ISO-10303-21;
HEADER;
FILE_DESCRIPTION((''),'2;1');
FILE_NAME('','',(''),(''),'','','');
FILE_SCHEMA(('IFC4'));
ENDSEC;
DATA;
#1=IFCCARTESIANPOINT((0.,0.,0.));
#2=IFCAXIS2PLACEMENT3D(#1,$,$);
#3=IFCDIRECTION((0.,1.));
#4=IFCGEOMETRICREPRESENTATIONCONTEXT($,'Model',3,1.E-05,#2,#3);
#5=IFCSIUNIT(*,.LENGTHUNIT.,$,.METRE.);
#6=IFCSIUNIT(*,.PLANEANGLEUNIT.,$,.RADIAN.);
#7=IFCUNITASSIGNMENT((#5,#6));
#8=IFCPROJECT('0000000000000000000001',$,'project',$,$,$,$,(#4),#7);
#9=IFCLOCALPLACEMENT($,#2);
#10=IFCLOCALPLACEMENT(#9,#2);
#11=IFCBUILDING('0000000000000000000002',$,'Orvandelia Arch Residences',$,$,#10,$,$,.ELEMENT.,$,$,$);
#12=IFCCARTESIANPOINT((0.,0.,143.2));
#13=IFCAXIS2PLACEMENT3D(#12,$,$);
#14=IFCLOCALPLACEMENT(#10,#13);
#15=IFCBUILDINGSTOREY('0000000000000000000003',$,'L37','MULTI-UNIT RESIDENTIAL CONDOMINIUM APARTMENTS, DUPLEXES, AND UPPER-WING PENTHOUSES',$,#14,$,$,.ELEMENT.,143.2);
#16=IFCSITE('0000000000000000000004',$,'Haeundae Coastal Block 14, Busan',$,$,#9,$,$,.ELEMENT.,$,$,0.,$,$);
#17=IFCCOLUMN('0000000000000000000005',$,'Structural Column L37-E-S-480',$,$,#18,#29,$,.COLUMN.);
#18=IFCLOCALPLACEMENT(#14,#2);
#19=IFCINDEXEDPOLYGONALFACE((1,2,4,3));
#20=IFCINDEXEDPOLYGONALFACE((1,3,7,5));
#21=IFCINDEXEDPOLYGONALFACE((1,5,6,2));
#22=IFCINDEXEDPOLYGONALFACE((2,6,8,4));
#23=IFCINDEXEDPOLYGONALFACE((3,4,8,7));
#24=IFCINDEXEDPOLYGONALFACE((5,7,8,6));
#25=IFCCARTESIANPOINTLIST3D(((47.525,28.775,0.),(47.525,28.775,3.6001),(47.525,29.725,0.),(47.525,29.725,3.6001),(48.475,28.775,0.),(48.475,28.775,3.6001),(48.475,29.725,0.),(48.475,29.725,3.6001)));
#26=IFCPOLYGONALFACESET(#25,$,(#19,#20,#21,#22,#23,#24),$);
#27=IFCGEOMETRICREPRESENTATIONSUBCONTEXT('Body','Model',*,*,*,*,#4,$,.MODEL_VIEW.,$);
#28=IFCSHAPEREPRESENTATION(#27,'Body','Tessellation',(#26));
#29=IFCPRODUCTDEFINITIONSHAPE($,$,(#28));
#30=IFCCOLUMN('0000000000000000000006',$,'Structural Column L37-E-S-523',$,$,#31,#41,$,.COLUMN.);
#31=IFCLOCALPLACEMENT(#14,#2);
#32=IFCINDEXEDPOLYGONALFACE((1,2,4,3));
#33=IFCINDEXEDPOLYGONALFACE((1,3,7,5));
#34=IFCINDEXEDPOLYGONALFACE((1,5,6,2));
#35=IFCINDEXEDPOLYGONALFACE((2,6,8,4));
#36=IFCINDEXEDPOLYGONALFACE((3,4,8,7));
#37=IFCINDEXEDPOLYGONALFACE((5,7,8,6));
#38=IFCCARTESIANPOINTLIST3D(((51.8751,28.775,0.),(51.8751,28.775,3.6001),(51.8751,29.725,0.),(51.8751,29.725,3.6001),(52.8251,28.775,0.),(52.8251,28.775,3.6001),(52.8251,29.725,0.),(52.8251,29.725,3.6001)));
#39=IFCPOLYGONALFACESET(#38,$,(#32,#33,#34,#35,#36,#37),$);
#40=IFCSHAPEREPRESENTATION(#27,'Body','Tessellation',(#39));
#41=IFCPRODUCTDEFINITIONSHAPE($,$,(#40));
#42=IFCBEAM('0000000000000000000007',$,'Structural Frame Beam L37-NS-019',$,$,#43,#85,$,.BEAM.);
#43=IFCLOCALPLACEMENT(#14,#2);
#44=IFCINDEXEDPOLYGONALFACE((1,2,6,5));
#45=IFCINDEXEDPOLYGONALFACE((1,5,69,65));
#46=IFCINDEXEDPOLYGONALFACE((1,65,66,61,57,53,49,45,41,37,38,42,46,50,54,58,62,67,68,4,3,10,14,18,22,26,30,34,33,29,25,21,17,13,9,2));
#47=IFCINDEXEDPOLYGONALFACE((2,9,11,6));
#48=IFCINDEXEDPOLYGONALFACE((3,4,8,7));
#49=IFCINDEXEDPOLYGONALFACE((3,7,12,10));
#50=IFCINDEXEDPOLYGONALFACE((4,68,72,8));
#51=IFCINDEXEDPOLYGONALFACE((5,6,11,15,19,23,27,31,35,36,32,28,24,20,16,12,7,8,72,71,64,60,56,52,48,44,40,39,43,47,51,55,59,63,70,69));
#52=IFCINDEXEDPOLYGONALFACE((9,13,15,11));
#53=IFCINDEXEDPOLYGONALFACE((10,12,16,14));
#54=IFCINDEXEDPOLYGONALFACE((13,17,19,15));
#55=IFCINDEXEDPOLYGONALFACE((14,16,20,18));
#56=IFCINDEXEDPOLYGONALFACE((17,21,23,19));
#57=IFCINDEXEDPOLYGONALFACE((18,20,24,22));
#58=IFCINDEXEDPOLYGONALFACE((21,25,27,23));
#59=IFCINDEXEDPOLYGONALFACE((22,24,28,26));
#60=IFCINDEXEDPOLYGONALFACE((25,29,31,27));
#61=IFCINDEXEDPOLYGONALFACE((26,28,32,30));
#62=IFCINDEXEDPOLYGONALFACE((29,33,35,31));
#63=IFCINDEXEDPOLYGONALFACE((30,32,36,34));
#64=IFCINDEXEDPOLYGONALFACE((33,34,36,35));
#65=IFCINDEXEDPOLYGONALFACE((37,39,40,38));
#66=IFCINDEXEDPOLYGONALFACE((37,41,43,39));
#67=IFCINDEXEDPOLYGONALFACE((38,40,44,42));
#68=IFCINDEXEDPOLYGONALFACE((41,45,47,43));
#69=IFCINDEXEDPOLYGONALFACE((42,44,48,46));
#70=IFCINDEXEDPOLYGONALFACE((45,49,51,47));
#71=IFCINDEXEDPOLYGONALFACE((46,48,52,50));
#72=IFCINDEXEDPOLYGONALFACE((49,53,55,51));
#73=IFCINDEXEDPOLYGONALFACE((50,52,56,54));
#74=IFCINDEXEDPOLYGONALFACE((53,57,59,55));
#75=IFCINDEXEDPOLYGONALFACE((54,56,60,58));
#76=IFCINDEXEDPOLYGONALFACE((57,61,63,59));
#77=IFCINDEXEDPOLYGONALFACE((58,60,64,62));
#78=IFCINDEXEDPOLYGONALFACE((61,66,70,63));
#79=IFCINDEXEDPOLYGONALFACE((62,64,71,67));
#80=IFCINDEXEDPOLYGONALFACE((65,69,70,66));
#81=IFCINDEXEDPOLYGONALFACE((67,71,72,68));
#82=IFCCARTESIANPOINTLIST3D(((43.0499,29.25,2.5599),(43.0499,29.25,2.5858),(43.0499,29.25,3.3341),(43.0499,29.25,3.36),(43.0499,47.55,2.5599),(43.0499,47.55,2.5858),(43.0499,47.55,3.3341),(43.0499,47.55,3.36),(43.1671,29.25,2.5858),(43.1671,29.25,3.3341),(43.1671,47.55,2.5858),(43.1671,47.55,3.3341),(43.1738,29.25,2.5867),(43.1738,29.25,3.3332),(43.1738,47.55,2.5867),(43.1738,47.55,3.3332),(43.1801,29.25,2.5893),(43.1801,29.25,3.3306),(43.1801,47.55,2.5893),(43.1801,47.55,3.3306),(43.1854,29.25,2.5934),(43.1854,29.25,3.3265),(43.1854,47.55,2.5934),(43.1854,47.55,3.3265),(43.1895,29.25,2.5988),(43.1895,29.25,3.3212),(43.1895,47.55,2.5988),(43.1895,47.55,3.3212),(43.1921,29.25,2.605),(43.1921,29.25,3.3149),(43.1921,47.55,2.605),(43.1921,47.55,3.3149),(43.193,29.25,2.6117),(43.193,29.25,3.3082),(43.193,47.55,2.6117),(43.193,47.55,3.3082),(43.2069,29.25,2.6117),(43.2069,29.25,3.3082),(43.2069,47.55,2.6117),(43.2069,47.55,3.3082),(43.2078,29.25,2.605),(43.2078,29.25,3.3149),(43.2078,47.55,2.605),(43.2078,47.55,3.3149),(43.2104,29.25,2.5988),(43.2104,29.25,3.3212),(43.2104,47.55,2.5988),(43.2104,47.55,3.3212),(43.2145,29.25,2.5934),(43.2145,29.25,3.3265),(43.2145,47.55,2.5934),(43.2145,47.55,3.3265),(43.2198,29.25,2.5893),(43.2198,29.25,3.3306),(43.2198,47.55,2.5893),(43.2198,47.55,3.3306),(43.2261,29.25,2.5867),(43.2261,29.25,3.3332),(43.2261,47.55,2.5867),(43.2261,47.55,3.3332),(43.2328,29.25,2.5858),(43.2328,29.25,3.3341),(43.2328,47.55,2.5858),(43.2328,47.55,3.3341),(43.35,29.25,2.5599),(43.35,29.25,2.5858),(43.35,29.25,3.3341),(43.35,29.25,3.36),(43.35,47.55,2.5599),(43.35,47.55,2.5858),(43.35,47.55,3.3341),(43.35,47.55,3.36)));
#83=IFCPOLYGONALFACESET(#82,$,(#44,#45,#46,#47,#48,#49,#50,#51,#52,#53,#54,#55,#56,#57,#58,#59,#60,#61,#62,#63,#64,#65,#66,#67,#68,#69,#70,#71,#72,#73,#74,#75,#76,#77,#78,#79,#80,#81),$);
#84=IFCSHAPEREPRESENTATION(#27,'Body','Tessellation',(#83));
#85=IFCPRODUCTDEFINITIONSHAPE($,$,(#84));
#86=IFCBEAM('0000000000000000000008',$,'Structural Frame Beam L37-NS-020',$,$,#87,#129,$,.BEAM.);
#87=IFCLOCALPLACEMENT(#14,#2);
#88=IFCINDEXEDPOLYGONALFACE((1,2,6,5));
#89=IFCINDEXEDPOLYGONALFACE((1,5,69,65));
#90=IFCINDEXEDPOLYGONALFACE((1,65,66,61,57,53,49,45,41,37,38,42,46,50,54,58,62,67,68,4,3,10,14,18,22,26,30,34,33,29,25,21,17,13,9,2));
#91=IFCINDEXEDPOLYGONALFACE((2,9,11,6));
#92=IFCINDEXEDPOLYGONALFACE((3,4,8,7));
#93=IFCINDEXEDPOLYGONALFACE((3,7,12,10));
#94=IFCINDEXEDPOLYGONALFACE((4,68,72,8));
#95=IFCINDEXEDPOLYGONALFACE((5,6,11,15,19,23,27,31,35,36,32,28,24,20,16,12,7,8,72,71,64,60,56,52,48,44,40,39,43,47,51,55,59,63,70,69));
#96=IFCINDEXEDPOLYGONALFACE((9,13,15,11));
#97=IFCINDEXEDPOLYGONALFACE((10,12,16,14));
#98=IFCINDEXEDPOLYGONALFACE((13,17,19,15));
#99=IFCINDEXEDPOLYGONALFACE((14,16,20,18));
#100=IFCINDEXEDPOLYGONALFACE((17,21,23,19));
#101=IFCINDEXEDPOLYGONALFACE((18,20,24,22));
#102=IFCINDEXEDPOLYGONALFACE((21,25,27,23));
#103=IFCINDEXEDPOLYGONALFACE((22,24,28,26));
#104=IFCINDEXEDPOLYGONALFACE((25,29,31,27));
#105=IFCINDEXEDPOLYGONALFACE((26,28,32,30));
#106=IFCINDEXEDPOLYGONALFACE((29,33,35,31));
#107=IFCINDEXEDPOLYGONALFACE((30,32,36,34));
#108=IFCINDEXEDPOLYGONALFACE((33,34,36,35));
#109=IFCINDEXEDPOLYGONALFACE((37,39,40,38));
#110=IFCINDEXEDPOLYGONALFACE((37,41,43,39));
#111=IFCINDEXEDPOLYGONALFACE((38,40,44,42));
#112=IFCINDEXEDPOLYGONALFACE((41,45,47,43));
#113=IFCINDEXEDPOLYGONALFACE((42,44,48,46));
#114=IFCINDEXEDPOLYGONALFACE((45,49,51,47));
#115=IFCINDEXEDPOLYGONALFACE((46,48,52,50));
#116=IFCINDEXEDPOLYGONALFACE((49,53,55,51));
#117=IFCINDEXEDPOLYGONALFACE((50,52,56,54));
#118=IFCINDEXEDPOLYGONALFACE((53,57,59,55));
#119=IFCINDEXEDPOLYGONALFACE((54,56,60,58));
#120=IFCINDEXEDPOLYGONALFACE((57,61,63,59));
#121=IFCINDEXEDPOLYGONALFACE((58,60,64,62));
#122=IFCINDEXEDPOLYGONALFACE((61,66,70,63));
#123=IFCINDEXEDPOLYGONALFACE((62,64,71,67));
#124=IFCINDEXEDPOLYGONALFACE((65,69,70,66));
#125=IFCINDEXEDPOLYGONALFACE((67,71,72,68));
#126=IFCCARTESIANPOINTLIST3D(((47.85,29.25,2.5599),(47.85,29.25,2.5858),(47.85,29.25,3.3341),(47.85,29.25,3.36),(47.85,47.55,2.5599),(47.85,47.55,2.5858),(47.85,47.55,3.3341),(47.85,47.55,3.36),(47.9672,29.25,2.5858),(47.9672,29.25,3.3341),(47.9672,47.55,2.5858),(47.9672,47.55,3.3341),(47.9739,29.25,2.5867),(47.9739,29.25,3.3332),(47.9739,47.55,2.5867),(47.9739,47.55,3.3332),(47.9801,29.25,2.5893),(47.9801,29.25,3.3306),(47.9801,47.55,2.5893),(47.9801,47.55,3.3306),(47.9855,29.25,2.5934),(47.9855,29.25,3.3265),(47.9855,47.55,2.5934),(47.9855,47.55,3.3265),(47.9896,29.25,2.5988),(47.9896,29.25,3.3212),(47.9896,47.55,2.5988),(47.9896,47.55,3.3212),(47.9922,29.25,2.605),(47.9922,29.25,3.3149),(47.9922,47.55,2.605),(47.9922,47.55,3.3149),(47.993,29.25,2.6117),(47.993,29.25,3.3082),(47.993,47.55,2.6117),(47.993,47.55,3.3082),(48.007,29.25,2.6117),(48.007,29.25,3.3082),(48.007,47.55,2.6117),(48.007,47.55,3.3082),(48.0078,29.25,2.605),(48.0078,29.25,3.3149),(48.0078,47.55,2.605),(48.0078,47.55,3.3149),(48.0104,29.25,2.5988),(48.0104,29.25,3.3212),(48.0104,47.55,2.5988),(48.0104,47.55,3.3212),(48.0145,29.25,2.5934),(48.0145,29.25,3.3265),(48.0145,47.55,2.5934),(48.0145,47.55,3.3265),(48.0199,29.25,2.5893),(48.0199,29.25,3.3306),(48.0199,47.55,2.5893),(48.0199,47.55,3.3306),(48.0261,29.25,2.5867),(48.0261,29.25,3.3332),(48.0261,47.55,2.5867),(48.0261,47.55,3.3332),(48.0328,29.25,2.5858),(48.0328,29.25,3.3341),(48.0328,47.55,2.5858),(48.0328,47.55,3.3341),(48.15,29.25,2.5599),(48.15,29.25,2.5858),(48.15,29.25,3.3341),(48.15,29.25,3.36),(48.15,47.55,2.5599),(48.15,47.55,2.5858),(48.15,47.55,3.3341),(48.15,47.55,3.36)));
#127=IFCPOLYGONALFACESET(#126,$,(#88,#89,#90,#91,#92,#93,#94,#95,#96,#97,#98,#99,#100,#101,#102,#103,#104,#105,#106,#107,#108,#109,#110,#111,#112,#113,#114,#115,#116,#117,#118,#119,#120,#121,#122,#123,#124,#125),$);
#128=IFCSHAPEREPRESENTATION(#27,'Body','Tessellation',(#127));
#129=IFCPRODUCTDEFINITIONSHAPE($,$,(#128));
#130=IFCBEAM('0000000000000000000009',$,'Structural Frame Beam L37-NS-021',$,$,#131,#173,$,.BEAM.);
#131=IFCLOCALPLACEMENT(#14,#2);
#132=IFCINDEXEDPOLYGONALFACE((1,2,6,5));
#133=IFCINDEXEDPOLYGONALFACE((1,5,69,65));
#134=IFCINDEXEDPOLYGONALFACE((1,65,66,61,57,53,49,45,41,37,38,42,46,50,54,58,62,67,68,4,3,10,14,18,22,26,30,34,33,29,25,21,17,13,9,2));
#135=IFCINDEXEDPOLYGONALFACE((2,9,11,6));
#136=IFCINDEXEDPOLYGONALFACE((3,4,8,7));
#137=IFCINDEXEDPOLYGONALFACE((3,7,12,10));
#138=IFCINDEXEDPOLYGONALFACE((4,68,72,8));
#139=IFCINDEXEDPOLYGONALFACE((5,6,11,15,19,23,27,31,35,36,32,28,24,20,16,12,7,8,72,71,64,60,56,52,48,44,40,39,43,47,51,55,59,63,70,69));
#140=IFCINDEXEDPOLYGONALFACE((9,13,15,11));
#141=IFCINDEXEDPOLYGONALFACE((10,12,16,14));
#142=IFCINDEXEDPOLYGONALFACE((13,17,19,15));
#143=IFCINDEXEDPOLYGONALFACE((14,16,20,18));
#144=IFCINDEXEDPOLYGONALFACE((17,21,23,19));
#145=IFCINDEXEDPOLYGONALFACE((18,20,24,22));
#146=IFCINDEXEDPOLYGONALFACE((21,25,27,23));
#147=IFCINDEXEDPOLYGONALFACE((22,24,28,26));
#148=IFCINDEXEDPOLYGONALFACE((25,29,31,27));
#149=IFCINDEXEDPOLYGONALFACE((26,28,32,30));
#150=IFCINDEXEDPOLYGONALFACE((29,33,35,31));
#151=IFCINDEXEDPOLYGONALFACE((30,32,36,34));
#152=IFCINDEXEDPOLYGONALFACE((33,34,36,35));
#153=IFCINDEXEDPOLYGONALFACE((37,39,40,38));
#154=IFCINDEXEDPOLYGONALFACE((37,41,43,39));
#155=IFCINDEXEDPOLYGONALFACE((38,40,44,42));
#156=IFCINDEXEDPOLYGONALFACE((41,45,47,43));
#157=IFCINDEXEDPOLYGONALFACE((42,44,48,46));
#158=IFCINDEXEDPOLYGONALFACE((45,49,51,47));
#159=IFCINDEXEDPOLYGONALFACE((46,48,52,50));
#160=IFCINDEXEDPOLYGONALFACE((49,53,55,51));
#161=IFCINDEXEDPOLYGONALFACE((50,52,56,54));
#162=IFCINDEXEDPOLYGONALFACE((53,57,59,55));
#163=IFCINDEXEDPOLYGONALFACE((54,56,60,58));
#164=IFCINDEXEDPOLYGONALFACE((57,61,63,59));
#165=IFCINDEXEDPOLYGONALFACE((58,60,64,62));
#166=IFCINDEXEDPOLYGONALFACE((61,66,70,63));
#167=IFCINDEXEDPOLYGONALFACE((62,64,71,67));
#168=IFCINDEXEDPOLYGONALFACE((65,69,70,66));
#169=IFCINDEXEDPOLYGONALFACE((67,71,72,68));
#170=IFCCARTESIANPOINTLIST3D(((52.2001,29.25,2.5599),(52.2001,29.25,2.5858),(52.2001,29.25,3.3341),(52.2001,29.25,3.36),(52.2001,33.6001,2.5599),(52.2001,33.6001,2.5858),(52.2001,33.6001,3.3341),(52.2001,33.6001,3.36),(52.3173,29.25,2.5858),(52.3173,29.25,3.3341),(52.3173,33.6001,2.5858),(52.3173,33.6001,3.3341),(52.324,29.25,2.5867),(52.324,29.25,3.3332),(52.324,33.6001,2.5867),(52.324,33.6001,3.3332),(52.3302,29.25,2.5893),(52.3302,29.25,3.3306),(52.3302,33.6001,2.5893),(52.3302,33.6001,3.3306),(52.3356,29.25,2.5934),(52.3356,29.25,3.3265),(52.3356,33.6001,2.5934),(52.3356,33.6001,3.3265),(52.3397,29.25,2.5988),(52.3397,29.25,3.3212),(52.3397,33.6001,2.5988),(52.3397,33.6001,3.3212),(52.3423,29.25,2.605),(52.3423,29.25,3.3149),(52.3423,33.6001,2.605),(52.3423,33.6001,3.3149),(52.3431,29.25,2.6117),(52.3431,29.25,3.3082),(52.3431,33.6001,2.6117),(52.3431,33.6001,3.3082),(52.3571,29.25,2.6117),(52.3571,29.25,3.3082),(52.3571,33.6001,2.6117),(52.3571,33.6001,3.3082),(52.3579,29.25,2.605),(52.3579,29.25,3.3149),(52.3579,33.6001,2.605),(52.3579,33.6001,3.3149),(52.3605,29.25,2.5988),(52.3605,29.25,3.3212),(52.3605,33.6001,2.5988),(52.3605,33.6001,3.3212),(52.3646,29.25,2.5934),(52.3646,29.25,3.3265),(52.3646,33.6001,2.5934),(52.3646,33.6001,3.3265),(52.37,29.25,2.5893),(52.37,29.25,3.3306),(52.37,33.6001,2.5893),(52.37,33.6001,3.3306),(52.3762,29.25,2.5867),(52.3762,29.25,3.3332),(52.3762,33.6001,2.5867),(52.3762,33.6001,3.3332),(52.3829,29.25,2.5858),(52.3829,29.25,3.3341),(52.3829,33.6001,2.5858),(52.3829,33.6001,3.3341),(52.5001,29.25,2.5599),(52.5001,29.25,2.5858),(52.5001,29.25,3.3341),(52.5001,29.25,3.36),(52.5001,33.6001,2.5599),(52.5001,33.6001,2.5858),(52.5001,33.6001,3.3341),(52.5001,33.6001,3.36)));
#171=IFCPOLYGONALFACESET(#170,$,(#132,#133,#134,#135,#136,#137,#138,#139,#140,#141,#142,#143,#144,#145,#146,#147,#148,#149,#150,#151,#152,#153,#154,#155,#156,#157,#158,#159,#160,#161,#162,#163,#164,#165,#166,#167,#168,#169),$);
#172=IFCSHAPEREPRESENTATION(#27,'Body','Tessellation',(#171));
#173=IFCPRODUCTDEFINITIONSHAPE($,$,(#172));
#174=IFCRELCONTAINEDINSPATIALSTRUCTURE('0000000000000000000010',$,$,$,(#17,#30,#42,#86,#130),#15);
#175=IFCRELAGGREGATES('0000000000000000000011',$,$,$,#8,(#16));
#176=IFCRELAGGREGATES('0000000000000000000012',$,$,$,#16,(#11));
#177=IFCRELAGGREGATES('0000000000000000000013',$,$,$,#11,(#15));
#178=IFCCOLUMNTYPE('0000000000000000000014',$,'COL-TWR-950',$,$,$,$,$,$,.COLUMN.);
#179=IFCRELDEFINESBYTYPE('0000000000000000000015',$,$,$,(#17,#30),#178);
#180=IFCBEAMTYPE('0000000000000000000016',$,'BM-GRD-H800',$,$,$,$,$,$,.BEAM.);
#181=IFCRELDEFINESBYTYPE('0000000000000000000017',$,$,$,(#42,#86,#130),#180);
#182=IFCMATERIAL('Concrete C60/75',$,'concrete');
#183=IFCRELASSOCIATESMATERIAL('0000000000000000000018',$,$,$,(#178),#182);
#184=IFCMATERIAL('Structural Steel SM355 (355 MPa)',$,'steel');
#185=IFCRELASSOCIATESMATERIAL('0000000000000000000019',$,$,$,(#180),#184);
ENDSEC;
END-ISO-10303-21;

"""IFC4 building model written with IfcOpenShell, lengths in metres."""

from ifc_helpers import new_model, si_unit, direction, frame, origin, origin_2d, place, context, subcontext, project, spatial, rectangle, i_section, extrude, material, material_profile, profile_set, type_object, element, save


model = new_model("IFC4")

# Units and contexts
model_context = context("Model", 3, precision=1e-05, world=origin(), true_north=direction((0.0, 1.0)))
body_context = subcontext(model_context, "Body", "Model", "MODEL_VIEW")
ifc_project = project(units=[si_unit("LENGTHUNIT", "METRE"), si_unit("PLANEANGLEUNIT", "RADIAN")], contexts=[model_context])

# Site, building, storey
site_placement = place(None, origin())
site = spatial("IfcSite", under=ifc_project, at=site_placement, Name="Haeundae Coastal Block 14, Busan", CompositionType="ELEMENT", RefElevation=0.0)
building_placement = place(site_placement, origin())
building = spatial("IfcBuilding", under=site, at=building_placement, Name="Orvandelia Arch Residences", CompositionType="ELEMENT")
storey_placement = place(building_placement, frame((0.0, 0.0, 143.2)))
storey = spatial("IfcBuildingStorey", under=building, at=storey_placement, Name="L37", Description="MULTI-UNIT RESIDENTIAL CONDOMINIUM APARTMENTS, DUPLEXES, AND UPPER-WING PENTHOUSES", CompositionType="ELEMENT", Elevation=143.2)

# Columns
ifc_material_1 = material(Name="Concrete C60/75", Category="concrete")
ifc_material_profile_1 = material_profile(ifc_material_1, rectangle(XDim=0.95, YDim=0.95, at=origin_2d()), Name="Concrete C60/75", Category="concrete")
ifc_profile_set_1 = profile_set([ifc_material_profile_1], Name="Concrete C60/75")
column_type = type_object("IfcColumnType", Name="COL-TWR-950", PredefinedType="COLUMN", material=ifc_profile_set_1)
for number, where, z_axis, x_axis, name in (
    (1, (48.0, 29.25, 0.0), (0.0, 0.0, 1.0), (1.0, 0.0, 0.0), "Structural Column L37-E-S-480"),
    (2, (52.3501, 29.25, 0.0), (0.0, 0.0, 1.0), (1.0, 0.0, 0.0), "Structural Column L37-E-S-523"),
):
    element("IfcColumn", number, at=place(storey_placement, frame(where, z_axis=z_axis, x_axis=x_axis)), inside=storey, type_object=column_type, Name=name, PredefinedType="COLUMN", context=body_context, shape_type="SweptSolid", body=[
        extrude(rectangle(XDim=0.95, YDim=0.95, at=origin_2d()), origin(), (0.0, 0.0, 1.0), 3.6001),
    ])

# Beams
ifc_material_2 = material(Name="Structural Steel SM355 (355 MPa)", Category="steel")
ifc_material_profile_2 = material_profile(ifc_material_2, i_section(OverallWidth=0.3, OverallDepth=0.8, WebThickness=0.0139, FlangeThickness=0.0259, FilletRadius=0.0259, at=origin_2d()), Name="Structural Steel SM355 (355 MPa)", Category="steel")
ifc_profile_set_2 = profile_set([ifc_material_profile_2], Name="Structural Steel SM355 (355 MPa)")
beam_type = type_object("IfcBeamType", Name="BM-GRD-H800", PredefinedType="BEAM", material=ifc_profile_set_2)
for number, where, z_axis, x_axis, name in (
    (3, (43.2, 29.25, 2.96), (0.0, 1.0, 0.0), (-1.0, 0.0, 0.0), "Structural Frame Beam L37-NS-019"),
    (4, (48.0, 29.25, 2.96), (0.0, 1.0, 0.0), (-1.0, 0.0, 0.0), "Structural Frame Beam L37-NS-020"),
):
    element("IfcBeam", number, at=place(storey_placement, frame(where, z_axis=z_axis, x_axis=x_axis)), inside=storey, type_object=beam_type, Name=name, PredefinedType="BEAM", context=body_context, shape_type="SweptSolid", body=[
        extrude(i_section(OverallWidth=0.3, OverallDepth=0.8, WebThickness=0.0139, FlangeThickness=0.0259, FilletRadius=0.0259, at=origin_2d()), origin(), (0.0, 0.0, 1.0), 18.3),
    ])
beam_1_placement = place(storey_placement, frame((52.3501, 29.25, 2.96), z_axis=(0.0, 1.0, 0.0), x_axis=(-1.0, 0.0, 0.0)))
element("IfcBeam", 5, at=beam_1_placement, inside=storey, type_object=beam_type, Name="Structural Frame Beam L37-NS-021", PredefinedType="BEAM", context=body_context, shape_type="SweptSolid", body=[
    extrude(i_section(OverallWidth=0.3, OverallDepth=0.8, WebThickness=0.0139, FlangeThickness=0.0259, FilletRadius=0.0259, at=origin_2d()), origin(), (0.0, 0.0, 1.0), 4.3501),
])

save(model, "model.ifc")
